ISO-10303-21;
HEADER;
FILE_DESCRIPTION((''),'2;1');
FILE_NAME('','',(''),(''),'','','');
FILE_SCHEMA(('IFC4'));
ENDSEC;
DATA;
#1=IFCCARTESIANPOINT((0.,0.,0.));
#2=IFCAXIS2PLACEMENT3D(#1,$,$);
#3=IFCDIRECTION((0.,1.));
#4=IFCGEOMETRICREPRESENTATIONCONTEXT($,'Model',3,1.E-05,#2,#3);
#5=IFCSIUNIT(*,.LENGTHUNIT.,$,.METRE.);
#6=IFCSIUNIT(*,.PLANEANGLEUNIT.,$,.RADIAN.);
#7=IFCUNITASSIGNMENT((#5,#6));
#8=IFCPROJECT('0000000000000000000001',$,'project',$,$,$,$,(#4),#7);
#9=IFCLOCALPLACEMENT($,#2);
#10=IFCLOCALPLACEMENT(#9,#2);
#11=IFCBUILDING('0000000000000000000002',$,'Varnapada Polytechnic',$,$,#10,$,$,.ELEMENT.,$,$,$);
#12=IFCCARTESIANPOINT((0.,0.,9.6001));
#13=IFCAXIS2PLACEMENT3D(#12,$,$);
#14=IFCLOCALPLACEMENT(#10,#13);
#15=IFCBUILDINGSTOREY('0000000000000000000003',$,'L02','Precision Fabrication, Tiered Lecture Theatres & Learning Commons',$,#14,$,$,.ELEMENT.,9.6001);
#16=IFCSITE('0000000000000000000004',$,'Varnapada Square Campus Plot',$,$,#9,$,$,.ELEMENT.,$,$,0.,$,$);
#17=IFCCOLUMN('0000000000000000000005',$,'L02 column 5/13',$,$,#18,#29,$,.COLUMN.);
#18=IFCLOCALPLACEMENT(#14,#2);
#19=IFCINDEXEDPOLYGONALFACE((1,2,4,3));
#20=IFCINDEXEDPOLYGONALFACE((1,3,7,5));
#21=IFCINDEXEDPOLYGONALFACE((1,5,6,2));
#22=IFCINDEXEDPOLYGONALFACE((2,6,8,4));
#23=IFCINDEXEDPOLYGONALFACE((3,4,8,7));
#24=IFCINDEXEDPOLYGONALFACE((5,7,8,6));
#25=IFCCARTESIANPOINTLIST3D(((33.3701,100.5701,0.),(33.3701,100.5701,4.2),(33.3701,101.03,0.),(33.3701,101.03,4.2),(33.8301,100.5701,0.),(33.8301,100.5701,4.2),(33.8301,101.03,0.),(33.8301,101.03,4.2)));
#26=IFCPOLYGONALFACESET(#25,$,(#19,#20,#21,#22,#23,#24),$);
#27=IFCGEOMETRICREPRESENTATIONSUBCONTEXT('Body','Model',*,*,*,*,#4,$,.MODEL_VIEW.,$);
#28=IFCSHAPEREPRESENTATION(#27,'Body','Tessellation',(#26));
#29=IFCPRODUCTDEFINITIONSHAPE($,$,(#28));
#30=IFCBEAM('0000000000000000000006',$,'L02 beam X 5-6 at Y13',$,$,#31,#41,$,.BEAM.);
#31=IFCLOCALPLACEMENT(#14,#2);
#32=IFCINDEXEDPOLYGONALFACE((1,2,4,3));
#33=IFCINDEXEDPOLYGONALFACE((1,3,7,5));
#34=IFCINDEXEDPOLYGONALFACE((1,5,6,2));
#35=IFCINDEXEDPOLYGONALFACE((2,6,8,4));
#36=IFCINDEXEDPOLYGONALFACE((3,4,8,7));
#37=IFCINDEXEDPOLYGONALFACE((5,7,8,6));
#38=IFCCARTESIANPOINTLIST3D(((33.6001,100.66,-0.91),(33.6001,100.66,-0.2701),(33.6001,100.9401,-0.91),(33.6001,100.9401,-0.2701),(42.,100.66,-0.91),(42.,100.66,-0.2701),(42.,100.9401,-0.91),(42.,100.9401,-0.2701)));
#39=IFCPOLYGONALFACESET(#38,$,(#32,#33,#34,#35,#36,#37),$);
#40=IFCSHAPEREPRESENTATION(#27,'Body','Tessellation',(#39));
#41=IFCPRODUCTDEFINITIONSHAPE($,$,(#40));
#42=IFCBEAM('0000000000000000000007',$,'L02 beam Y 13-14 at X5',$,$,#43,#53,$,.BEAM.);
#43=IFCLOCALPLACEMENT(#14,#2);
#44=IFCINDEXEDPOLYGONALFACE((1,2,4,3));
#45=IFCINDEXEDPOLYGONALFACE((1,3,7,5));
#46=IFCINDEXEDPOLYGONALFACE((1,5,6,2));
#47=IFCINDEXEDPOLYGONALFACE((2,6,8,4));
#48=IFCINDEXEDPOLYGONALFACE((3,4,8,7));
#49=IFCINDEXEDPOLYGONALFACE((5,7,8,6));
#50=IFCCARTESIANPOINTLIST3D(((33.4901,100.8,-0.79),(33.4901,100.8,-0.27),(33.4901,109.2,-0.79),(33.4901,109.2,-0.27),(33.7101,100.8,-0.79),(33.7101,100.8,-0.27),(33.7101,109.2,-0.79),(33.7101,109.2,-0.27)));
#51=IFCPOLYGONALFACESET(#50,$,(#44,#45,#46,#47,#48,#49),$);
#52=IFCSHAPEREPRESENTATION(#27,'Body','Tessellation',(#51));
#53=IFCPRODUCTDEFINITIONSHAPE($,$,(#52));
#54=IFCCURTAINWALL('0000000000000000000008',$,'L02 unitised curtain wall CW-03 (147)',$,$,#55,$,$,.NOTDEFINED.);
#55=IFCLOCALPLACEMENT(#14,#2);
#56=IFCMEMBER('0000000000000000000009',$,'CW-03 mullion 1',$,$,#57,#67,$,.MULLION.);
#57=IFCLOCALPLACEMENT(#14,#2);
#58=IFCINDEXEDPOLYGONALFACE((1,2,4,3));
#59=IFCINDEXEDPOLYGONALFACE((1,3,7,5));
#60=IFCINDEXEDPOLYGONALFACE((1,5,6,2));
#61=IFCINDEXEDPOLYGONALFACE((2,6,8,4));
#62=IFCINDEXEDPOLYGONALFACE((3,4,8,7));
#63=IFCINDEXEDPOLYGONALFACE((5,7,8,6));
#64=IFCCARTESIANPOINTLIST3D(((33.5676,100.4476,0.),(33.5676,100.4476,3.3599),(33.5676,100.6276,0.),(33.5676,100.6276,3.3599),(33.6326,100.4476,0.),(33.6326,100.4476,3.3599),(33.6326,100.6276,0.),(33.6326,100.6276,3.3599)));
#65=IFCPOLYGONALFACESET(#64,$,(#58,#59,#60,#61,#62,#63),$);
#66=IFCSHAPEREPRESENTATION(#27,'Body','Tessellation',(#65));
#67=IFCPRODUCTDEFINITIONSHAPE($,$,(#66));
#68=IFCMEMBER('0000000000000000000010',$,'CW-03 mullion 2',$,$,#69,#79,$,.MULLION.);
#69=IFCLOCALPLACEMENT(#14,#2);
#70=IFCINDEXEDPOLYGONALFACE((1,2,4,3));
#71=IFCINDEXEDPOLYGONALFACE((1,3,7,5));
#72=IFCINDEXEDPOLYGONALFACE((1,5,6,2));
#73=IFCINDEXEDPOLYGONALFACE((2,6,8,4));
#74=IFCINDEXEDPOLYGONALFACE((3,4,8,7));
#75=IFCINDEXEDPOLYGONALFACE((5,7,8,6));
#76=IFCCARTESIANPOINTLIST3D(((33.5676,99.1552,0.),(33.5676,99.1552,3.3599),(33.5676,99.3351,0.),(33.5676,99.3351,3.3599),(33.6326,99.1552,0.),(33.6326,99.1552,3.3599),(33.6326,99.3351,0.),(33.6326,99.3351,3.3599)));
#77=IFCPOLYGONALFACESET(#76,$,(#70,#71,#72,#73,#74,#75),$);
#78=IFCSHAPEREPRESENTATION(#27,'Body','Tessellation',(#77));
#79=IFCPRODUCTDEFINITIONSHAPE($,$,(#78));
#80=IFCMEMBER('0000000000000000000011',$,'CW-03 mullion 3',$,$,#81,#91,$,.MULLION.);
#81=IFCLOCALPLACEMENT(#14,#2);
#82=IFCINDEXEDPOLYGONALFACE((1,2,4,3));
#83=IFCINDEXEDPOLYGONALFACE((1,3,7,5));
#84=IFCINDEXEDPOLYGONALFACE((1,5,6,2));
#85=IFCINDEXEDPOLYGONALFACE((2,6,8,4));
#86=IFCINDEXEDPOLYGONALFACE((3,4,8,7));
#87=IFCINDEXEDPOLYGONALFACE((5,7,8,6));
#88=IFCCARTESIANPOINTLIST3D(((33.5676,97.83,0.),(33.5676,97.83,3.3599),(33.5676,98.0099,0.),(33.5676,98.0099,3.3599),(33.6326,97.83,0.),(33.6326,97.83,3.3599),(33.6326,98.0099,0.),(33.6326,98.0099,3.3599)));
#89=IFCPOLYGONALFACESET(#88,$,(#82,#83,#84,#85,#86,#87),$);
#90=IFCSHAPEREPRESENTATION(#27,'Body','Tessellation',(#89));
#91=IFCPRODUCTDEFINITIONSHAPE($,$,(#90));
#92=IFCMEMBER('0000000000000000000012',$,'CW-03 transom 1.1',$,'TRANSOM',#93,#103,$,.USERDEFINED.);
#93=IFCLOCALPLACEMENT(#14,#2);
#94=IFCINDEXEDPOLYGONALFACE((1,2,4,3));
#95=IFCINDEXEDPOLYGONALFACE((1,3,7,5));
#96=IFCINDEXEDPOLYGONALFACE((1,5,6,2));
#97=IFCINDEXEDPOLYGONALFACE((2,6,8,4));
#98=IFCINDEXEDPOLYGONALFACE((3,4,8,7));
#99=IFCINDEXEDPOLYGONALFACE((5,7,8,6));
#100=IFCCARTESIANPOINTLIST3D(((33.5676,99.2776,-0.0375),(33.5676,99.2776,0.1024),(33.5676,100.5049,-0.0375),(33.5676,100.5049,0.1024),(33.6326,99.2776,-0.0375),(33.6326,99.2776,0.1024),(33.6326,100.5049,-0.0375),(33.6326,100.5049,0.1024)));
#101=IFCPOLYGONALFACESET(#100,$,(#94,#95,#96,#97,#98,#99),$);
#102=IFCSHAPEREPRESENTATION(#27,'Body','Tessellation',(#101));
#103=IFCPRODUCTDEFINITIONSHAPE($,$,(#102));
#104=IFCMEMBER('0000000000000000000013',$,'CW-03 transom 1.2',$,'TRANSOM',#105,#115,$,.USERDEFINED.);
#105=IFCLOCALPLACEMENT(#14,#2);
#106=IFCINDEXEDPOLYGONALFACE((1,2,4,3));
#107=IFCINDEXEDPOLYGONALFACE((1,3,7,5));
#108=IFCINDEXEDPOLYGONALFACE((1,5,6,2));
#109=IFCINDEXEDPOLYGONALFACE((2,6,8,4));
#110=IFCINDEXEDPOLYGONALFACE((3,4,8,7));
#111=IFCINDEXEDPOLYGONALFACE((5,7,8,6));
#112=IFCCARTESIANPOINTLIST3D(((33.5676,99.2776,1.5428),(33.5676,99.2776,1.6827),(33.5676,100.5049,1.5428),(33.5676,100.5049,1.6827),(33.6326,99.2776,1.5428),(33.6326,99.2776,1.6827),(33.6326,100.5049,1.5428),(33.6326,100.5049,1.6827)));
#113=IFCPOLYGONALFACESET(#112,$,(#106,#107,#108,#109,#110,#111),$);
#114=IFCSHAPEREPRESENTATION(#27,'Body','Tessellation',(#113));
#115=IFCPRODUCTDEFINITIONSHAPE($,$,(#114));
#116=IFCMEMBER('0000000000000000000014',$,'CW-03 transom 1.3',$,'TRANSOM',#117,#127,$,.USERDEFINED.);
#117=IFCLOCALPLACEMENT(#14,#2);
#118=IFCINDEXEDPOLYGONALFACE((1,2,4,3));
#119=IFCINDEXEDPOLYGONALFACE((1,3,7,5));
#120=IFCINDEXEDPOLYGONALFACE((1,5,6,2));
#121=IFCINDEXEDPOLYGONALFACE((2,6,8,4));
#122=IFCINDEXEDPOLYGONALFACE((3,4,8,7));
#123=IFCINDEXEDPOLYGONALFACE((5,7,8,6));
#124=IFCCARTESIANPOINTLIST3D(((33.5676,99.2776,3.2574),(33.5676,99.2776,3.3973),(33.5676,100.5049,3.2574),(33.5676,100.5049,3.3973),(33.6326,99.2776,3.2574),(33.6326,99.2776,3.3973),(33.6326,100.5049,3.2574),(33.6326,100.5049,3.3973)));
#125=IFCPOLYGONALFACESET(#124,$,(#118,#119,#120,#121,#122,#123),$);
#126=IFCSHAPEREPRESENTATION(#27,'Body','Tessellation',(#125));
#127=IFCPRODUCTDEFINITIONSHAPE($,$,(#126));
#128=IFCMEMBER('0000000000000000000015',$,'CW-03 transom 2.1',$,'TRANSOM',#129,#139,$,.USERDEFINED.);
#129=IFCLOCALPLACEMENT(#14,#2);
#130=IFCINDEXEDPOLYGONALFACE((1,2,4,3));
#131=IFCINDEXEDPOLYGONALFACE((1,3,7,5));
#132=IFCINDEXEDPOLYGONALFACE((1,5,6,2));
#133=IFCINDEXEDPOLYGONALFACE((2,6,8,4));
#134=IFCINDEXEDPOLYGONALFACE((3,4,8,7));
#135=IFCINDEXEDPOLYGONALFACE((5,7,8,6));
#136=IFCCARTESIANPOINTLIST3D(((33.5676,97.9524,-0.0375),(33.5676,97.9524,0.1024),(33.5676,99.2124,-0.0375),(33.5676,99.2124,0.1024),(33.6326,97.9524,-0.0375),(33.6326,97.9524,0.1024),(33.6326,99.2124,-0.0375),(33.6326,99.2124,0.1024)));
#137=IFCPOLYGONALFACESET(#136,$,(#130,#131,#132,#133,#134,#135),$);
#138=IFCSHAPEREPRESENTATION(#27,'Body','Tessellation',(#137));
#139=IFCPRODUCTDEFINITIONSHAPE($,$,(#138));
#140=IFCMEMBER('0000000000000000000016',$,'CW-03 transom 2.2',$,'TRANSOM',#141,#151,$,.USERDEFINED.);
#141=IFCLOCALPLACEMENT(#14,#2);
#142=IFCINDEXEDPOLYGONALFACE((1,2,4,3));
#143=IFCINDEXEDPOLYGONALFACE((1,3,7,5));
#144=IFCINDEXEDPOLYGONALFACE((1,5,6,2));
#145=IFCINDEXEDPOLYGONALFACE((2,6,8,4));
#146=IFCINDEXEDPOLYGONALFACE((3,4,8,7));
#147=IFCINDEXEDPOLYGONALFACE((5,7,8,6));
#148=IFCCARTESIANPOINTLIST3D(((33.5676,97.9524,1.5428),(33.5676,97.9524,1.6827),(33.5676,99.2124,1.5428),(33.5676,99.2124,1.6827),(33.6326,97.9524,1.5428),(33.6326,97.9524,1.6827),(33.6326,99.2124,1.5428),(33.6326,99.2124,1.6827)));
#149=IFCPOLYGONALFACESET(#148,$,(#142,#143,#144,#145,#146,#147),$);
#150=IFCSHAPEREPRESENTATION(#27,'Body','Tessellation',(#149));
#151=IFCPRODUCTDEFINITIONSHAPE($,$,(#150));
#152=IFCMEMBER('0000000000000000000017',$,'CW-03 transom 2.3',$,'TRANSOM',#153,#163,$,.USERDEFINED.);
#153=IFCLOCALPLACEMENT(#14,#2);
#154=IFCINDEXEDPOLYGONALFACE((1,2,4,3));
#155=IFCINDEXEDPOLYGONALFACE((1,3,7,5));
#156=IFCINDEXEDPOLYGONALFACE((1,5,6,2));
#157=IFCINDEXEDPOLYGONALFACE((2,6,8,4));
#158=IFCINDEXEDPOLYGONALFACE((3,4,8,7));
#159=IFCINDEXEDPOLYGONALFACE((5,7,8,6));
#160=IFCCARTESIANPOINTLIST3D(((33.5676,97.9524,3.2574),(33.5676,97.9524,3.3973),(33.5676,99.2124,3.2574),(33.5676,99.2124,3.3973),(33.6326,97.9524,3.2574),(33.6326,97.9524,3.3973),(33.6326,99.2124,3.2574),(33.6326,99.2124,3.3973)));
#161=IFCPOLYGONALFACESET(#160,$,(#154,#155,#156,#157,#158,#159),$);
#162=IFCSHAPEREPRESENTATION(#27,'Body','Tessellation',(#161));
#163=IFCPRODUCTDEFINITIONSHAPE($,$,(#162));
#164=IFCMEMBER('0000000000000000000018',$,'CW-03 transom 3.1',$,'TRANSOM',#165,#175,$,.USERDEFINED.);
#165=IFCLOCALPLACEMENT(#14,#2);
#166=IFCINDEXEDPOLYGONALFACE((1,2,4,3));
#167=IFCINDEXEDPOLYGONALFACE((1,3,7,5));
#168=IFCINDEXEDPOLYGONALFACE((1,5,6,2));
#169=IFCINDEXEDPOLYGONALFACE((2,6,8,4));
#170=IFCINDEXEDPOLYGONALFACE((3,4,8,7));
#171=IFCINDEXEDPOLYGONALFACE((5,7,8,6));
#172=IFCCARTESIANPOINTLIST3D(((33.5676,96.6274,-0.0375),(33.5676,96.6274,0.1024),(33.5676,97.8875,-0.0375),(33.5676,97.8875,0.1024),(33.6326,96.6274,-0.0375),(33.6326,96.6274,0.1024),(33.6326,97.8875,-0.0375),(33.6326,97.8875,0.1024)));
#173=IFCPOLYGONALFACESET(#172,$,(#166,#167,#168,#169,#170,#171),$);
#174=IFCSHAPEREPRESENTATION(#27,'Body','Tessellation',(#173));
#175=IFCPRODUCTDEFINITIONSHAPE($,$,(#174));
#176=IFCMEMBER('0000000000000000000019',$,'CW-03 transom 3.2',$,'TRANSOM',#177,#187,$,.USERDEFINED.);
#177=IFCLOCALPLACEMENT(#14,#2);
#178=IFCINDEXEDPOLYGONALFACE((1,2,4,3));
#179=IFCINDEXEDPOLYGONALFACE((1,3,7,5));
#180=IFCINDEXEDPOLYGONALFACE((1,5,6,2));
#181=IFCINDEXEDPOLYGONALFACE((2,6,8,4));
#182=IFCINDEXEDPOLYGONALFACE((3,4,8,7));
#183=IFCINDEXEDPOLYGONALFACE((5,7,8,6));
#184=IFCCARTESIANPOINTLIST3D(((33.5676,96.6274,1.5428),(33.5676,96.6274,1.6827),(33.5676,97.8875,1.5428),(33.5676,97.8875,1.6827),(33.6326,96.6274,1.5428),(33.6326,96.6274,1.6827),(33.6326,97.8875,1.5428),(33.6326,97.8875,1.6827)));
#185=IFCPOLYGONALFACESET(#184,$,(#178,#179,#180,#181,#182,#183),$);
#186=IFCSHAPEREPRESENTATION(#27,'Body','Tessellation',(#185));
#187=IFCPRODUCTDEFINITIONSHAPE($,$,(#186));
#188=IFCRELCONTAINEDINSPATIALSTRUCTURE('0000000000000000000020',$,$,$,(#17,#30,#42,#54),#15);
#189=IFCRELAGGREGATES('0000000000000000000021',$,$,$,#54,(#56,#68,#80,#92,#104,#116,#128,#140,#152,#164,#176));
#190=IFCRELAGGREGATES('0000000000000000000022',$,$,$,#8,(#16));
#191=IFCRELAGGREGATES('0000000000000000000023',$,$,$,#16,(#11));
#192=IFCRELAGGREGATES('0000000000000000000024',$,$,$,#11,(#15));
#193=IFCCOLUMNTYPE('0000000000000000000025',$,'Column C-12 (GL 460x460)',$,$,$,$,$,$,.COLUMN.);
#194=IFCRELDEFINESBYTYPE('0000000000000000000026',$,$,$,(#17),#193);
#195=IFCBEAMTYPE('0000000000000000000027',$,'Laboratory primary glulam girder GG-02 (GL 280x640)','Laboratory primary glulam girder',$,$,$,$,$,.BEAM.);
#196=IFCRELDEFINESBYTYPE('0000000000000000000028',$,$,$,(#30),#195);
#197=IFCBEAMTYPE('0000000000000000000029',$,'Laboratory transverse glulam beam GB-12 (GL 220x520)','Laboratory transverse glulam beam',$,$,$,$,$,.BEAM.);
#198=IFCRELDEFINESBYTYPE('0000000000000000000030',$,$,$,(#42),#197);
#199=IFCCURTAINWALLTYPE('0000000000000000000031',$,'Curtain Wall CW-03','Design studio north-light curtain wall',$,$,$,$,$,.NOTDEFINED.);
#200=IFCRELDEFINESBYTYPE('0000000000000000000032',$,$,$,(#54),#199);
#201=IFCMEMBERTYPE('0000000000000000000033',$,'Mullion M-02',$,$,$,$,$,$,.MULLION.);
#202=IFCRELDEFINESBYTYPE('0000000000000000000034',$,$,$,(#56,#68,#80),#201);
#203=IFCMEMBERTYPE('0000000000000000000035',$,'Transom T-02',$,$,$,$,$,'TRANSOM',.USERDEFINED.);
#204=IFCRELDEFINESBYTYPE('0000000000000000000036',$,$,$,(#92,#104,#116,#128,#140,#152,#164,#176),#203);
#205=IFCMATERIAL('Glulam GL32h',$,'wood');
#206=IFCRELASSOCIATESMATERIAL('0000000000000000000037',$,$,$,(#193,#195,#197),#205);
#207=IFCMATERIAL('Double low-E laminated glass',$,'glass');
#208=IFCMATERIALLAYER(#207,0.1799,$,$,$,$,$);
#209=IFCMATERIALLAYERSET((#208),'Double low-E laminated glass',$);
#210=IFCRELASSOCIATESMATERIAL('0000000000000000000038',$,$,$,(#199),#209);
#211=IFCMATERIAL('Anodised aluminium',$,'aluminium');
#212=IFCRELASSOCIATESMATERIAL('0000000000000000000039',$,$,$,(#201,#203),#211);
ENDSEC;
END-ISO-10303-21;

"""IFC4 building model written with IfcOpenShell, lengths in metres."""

from ifc_helpers import new_model, si_unit, direction, frame, origin, origin_2d, place, context, subcontext, project, spatial, rectangle, extrude, material, layer, layer_set, material_profile, profile_set, type_object, element, aggregate, save


model = new_model("IFC4")

# Units and contexts
model_context = context("Model", 3, precision=1e-05, world=origin(), true_north=direction((0.0, 1.0)))
body_context = subcontext(model_context, "Body", "Model", "MODEL_VIEW")
ifc_project = project(units=[si_unit("LENGTHUNIT", "METRE"), si_unit("PLANEANGLEUNIT", "RADIAN")], contexts=[model_context])

# Site, building, storey
site_placement = place(None, origin())
site = spatial("IfcSite", under=ifc_project, at=site_placement, Name="Varnapada Square Campus Plot", CompositionType="ELEMENT", RefElevation=0.0)
building_placement = place(site_placement, origin())
building = spatial("IfcBuilding", under=site, at=building_placement, Name="Varnapada Polytechnic", CompositionType="ELEMENT")
storey_placement = place(building_placement, frame((0.0, 0.0, 9.6001)))
storey = spatial("IfcBuildingStorey", under=building, at=storey_placement, Name="L02", Description="Precision Fabrication, Tiered Lecture Theatres & Learning Commons", CompositionType="ELEMENT", Elevation=9.6001)

# Column
ifc_material_1 = material(Name="Glulam GL32h", Category="wood")
ifc_material_profile_1 = material_profile(ifc_material_1, rectangle(XDim=0.46, YDim=0.46, at=origin_2d()), Name="GL 460x460")
ifc_profile_set_1 = profile_set([ifc_material_profile_1], Name="Glulam GL32h")
column_type = type_object("IfcColumnType", Name="Column C-12 (GL 460x460)", PredefinedType="COLUMN", material=ifc_profile_set_1)
column_placement = place(storey_placement, frame((33.6001, 100.8, 0.0), z_axis=(0.0, 0.0, 1.0), x_axis=(1.0, 0.0, 0.0)))
element("IfcColumn", 1, at=column_placement, inside=storey, type_object=column_type, Name="L02 column 5/13", PredefinedType="COLUMN", context=body_context, shape_type="SweptSolid", body=[
    extrude(rectangle(XDim=0.46, YDim=0.46, at=origin_2d()), origin(), (0.0, 0.0, 1.0), 4.2),
])

# Beams
ifc_material_profile_2 = material_profile(ifc_material_1, rectangle(XDim=0.28, YDim=0.6399, at=origin_2d()), Name="GL 280x640")
ifc_profile_set_2 = profile_set([ifc_material_profile_2], Name="Glulam GL32h")
beam_type_1 = type_object("IfcBeamType", Name="Laboratory primary glulam girder GG-02 (GL 280x640)", Description="Laboratory primary glulam girder", PredefinedType="BEAM", material=ifc_profile_set_2)
beam_1_placement = place(storey_placement, frame((33.6001, 100.8, -0.5901), z_axis=(1.0, 0.0, 0.0), x_axis=(0.0, 1.0, 0.0)))
element("IfcBeam", 2, at=beam_1_placement, inside=storey, type_object=beam_type_1, Name="L02 beam X 5-6 at Y13", PredefinedType="BEAM", context=body_context, shape_type="SweptSolid", body=[
    extrude(rectangle(XDim=0.28, YDim=0.6399, at=origin_2d()), origin(), (0.0, 0.0, 1.0), 8.3999),
])
ifc_material_profile_3 = material_profile(ifc_material_1, rectangle(XDim=0.22, YDim=0.52, at=origin_2d()), Name="GL 220x520")
ifc_profile_set_3 = profile_set([ifc_material_profile_3], Name="Glulam GL32h")
beam_type_2 = type_object("IfcBeamType", Name="Laboratory transverse glulam beam GB-12 (GL 220x520)", Description="Laboratory transverse glulam beam", PredefinedType="BEAM", material=ifc_profile_set_3)
beam_2_placement = place(storey_placement, frame((33.6001, 100.8, -0.53), z_axis=(0.0, 1.0, 0.0), x_axis=(-1.0, 0.0, 0.0)))
element("IfcBeam", 3, at=beam_2_placement, inside=storey, type_object=beam_type_2, Name="L02 beam Y 13-14 at X5", PredefinedType="BEAM", context=body_context, shape_type="SweptSolid", body=[
    extrude(rectangle(XDim=0.22, YDim=0.52, at=origin_2d()), origin(), (0.0, 0.0, 1.0), 8.3999),
])

# Curtain wall, members
ifc_material_2 = material(Name="Double low-E laminated glass", Category="glass")
ifc_layer_1 = layer(ifc_material_2, 0.1799)
ifc_layer_set_1 = layer_set([ifc_layer_1], Name="Double low-E laminated glass")
curtain_wall_type = type_object("IfcCurtainWallType", Name="Curtain Wall CW-03", Description="Design studio north-light curtain wall", PredefinedType="NOTDEFINED", material=ifc_layer_set_1)
curtain_wall_placement = place(storey_placement, origin())
curtain_wall = element("IfcCurtainWall", 4, at=curtain_wall_placement, inside=storey, type_object=curtain_wall_type, Name="L02 unitised curtain wall CW-03 (147)", PredefinedType="NOTDEFINED")
ifc_material_3 = material(Name="Anodised aluminium", Category="aluminium")
ifc_material_profile_4 = material_profile(ifc_material_3, rectangle(XDim=0.0649, YDim=0.1799, at=origin_2d()), Name="ALU M65x180")
ifc_profile_set_4 = profile_set([ifc_material_profile_4], Name="Anodised aluminium")
member_type_1 = type_object("IfcMemberType", Name="Mullion M-02", PredefinedType="MULLION", material=ifc_profile_set_4)
member_1_placement = place(storey_placement, frame((33.6001, 100.5376, 0.0), z_axis=(0.0, 0.0, 1.0), x_axis=(1.0, 0.0, 0.0)))
member_1 = element("IfcMember", 5, at=member_1_placement, type_object=member_type_1, Name="CW-03 mullion 1", PredefinedType="MULLION", context=body_context, shape_type="SweptSolid", body=[
    extrude(rectangle(XDim=0.0649, YDim=0.1799, at=origin_2d()), origin(), (0.0, 0.0, 1.0), 3.3599),
])
member_2_placement = place(storey_placement, frame((33.6001, 99.2451, 0.0), z_axis=(0.0, 0.0, 1.0), x_axis=(1.0, 0.0, 0.0)))
member_2 = element("IfcMember", 6, at=member_2_placement, type_object=member_type_1, Name="CW-03 mullion 2", PredefinedType="MULLION", context=body_context, shape_type="SweptSolid", body=[
    extrude(rectangle(XDim=0.0649, YDim=0.1799, at=origin_2d()), origin(), (0.0, 0.0, 1.0), 3.3599),
])
member_3_placement = place(storey_placement, frame((33.6001, 97.9199, 0.0), z_axis=(0.0, 0.0, 1.0), x_axis=(1.0, 0.0, 0.0)))
member_3 = element("IfcMember", 7, at=member_3_placement, type_object=member_type_1, Name="CW-03 mullion 3", PredefinedType="MULLION", context=body_context, shape_type="SweptSolid", body=[
    extrude(rectangle(XDim=0.0649, YDim=0.1799, at=origin_2d()), origin(), (0.0, 0.0, 1.0), 3.3599),
])
ifc_material_profile_5 = material_profile(ifc_material_3, rectangle(XDim=0.0649, YDim=0.1399, at=origin_2d()), Name="ALU T65x140")
ifc_profile_set_5 = profile_set([ifc_material_profile_5], Name="Anodised aluminium")
member_type_2 = type_object("IfcMemberType", Name="Transom T-02", ElementType="TRANSOM", PredefinedType="USERDEFINED", material=ifc_profile_set_5)
member_4_placement = place(storey_placement, frame((33.6001, 100.5049, 0.0325), z_axis=(0.0, -1.0, 0.0), x_axis=(1.0, 0.0, 0.0)))
member_4 = element("IfcMember", 8, at=member_4_placement, type_object=member_type_2, Name="CW-03 transom 1.1", ObjectType="TRANSOM", PredefinedType="USERDEFINED", context=body_context, shape_type="SweptSolid", body=[
    extrude(rectangle(XDim=0.0649, YDim=0.1399, at=origin_2d()), origin(), (0.0, 0.0, 1.0), 1.2273),
])
member_5_placement = place(storey_placement, frame((33.6001, 100.5049, 1.6128), z_axis=(0.0, -1.0, 0.0), x_axis=(1.0, 0.0, 0.0)))
member_5 = element("IfcMember", 9, at=member_5_placement, type_object=member_type_2, Name="CW-03 transom 1.2", ObjectType="TRANSOM", PredefinedType="USERDEFINED", context=body_context, shape_type="SweptSolid", body=[
    extrude(rectangle(XDim=0.0649, YDim=0.1399, at=origin_2d()), origin(), (0.0, 0.0, 1.0), 1.2273),
])
member_6_placement = place(storey_placement, frame((33.6001, 100.5049, 3.3274), z_axis=(0.0, -1.0, 0.0), x_axis=(1.0, 0.0, 0.0)))
member_6 = element("IfcMember", 10, at=member_6_placement, type_object=member_type_2, Name="CW-03 transom 1.3", ObjectType="TRANSOM", PredefinedType="USERDEFINED", context=body_context, shape_type="SweptSolid", body=[
    extrude(rectangle(XDim=0.0649, YDim=0.1399, at=origin_2d()), origin(), (0.0, 0.0, 1.0), 1.2273),
])
member_7_placement = place(storey_placement, frame((33.6001, 99.2124, 0.0325), z_axis=(0.0, -1.0, 0.0), x_axis=(1.0, 0.0, 0.0)))
member_7 = element("IfcMember", 11, at=member_7_placement, type_object=member_type_2, Name="CW-03 transom 2.1", ObjectType="TRANSOM", PredefinedType="USERDEFINED", context=body_context, shape_type="SweptSolid", body=[
    extrude(rectangle(XDim=0.0649, YDim=0.1399, at=origin_2d()), origin(), (0.0, 0.0, 1.0), 1.26),
])
member_8_placement = place(storey_placement, frame((33.6001, 99.2124, 1.6128), z_axis=(0.0, -1.0, 0.0), x_axis=(1.0, 0.0, 0.0)))
member_8 = element("IfcMember", 12, at=member_8_placement, type_object=member_type_2, Name="CW-03 transom 2.2", ObjectType="TRANSOM", PredefinedType="USERDEFINED", context=body_context, shape_type="SweptSolid", body=[
    extrude(rectangle(XDim=0.0649, YDim=0.1399, at=origin_2d()), origin(), (0.0, 0.0, 1.0), 1.26),
])
member_9_placement = place(storey_placement, frame((33.6001, 99.2124, 3.3274), z_axis=(0.0, -1.0, 0.0), x_axis=(1.0, 0.0, 0.0)))
member_9 = element("IfcMember", 13, at=member_9_placement, type_object=member_type_2, Name="CW-03 transom 2.3", ObjectType="TRANSOM", PredefinedType="USERDEFINED", context=body_context, shape_type="SweptSolid", body=[
    extrude(rectangle(XDim=0.0649, YDim=0.1399, at=origin_2d()), origin(), (0.0, 0.0, 1.0), 1.26),
])
member_10_placement = place(storey_placement, frame((33.6001, 97.8875, 0.0325), z_axis=(0.0, -1.0, 0.0), x_axis=(1.0, 0.0, 0.0)))
member_10 = element("IfcMember", 14, at=member_10_placement, type_object=member_type_2, Name="CW-03 transom 3.1", ObjectType="TRANSOM", PredefinedType="USERDEFINED", context=body_context, shape_type="SweptSolid", body=[
    extrude(rectangle(XDim=0.0649, YDim=0.1399, at=origin_2d()), origin(), (0.0, 0.0, 1.0), 1.26),
])
member_11_placement = place(storey_placement, frame((33.6001, 97.8875, 1.6128), z_axis=(0.0, -1.0, 0.0), x_axis=(1.0, 0.0, 0.0)))
member_11 = element("IfcMember", 15, at=member_11_placement, type_object=member_type_2, Name="CW-03 transom 3.2", ObjectType="TRANSOM", PredefinedType="USERDEFINED", context=body_context, shape_type="SweptSolid", body=[
    extrude(rectangle(XDim=0.0649, YDim=0.1399, at=origin_2d()), origin(), (0.0, 0.0, 1.0), 1.26),
])
aggregate(curtain_wall, [member_1, member_2, member_3, member_4, member_5, member_6, member_7, member_8, member_9, member_10, member_11])

save(model, "model.ifc")
